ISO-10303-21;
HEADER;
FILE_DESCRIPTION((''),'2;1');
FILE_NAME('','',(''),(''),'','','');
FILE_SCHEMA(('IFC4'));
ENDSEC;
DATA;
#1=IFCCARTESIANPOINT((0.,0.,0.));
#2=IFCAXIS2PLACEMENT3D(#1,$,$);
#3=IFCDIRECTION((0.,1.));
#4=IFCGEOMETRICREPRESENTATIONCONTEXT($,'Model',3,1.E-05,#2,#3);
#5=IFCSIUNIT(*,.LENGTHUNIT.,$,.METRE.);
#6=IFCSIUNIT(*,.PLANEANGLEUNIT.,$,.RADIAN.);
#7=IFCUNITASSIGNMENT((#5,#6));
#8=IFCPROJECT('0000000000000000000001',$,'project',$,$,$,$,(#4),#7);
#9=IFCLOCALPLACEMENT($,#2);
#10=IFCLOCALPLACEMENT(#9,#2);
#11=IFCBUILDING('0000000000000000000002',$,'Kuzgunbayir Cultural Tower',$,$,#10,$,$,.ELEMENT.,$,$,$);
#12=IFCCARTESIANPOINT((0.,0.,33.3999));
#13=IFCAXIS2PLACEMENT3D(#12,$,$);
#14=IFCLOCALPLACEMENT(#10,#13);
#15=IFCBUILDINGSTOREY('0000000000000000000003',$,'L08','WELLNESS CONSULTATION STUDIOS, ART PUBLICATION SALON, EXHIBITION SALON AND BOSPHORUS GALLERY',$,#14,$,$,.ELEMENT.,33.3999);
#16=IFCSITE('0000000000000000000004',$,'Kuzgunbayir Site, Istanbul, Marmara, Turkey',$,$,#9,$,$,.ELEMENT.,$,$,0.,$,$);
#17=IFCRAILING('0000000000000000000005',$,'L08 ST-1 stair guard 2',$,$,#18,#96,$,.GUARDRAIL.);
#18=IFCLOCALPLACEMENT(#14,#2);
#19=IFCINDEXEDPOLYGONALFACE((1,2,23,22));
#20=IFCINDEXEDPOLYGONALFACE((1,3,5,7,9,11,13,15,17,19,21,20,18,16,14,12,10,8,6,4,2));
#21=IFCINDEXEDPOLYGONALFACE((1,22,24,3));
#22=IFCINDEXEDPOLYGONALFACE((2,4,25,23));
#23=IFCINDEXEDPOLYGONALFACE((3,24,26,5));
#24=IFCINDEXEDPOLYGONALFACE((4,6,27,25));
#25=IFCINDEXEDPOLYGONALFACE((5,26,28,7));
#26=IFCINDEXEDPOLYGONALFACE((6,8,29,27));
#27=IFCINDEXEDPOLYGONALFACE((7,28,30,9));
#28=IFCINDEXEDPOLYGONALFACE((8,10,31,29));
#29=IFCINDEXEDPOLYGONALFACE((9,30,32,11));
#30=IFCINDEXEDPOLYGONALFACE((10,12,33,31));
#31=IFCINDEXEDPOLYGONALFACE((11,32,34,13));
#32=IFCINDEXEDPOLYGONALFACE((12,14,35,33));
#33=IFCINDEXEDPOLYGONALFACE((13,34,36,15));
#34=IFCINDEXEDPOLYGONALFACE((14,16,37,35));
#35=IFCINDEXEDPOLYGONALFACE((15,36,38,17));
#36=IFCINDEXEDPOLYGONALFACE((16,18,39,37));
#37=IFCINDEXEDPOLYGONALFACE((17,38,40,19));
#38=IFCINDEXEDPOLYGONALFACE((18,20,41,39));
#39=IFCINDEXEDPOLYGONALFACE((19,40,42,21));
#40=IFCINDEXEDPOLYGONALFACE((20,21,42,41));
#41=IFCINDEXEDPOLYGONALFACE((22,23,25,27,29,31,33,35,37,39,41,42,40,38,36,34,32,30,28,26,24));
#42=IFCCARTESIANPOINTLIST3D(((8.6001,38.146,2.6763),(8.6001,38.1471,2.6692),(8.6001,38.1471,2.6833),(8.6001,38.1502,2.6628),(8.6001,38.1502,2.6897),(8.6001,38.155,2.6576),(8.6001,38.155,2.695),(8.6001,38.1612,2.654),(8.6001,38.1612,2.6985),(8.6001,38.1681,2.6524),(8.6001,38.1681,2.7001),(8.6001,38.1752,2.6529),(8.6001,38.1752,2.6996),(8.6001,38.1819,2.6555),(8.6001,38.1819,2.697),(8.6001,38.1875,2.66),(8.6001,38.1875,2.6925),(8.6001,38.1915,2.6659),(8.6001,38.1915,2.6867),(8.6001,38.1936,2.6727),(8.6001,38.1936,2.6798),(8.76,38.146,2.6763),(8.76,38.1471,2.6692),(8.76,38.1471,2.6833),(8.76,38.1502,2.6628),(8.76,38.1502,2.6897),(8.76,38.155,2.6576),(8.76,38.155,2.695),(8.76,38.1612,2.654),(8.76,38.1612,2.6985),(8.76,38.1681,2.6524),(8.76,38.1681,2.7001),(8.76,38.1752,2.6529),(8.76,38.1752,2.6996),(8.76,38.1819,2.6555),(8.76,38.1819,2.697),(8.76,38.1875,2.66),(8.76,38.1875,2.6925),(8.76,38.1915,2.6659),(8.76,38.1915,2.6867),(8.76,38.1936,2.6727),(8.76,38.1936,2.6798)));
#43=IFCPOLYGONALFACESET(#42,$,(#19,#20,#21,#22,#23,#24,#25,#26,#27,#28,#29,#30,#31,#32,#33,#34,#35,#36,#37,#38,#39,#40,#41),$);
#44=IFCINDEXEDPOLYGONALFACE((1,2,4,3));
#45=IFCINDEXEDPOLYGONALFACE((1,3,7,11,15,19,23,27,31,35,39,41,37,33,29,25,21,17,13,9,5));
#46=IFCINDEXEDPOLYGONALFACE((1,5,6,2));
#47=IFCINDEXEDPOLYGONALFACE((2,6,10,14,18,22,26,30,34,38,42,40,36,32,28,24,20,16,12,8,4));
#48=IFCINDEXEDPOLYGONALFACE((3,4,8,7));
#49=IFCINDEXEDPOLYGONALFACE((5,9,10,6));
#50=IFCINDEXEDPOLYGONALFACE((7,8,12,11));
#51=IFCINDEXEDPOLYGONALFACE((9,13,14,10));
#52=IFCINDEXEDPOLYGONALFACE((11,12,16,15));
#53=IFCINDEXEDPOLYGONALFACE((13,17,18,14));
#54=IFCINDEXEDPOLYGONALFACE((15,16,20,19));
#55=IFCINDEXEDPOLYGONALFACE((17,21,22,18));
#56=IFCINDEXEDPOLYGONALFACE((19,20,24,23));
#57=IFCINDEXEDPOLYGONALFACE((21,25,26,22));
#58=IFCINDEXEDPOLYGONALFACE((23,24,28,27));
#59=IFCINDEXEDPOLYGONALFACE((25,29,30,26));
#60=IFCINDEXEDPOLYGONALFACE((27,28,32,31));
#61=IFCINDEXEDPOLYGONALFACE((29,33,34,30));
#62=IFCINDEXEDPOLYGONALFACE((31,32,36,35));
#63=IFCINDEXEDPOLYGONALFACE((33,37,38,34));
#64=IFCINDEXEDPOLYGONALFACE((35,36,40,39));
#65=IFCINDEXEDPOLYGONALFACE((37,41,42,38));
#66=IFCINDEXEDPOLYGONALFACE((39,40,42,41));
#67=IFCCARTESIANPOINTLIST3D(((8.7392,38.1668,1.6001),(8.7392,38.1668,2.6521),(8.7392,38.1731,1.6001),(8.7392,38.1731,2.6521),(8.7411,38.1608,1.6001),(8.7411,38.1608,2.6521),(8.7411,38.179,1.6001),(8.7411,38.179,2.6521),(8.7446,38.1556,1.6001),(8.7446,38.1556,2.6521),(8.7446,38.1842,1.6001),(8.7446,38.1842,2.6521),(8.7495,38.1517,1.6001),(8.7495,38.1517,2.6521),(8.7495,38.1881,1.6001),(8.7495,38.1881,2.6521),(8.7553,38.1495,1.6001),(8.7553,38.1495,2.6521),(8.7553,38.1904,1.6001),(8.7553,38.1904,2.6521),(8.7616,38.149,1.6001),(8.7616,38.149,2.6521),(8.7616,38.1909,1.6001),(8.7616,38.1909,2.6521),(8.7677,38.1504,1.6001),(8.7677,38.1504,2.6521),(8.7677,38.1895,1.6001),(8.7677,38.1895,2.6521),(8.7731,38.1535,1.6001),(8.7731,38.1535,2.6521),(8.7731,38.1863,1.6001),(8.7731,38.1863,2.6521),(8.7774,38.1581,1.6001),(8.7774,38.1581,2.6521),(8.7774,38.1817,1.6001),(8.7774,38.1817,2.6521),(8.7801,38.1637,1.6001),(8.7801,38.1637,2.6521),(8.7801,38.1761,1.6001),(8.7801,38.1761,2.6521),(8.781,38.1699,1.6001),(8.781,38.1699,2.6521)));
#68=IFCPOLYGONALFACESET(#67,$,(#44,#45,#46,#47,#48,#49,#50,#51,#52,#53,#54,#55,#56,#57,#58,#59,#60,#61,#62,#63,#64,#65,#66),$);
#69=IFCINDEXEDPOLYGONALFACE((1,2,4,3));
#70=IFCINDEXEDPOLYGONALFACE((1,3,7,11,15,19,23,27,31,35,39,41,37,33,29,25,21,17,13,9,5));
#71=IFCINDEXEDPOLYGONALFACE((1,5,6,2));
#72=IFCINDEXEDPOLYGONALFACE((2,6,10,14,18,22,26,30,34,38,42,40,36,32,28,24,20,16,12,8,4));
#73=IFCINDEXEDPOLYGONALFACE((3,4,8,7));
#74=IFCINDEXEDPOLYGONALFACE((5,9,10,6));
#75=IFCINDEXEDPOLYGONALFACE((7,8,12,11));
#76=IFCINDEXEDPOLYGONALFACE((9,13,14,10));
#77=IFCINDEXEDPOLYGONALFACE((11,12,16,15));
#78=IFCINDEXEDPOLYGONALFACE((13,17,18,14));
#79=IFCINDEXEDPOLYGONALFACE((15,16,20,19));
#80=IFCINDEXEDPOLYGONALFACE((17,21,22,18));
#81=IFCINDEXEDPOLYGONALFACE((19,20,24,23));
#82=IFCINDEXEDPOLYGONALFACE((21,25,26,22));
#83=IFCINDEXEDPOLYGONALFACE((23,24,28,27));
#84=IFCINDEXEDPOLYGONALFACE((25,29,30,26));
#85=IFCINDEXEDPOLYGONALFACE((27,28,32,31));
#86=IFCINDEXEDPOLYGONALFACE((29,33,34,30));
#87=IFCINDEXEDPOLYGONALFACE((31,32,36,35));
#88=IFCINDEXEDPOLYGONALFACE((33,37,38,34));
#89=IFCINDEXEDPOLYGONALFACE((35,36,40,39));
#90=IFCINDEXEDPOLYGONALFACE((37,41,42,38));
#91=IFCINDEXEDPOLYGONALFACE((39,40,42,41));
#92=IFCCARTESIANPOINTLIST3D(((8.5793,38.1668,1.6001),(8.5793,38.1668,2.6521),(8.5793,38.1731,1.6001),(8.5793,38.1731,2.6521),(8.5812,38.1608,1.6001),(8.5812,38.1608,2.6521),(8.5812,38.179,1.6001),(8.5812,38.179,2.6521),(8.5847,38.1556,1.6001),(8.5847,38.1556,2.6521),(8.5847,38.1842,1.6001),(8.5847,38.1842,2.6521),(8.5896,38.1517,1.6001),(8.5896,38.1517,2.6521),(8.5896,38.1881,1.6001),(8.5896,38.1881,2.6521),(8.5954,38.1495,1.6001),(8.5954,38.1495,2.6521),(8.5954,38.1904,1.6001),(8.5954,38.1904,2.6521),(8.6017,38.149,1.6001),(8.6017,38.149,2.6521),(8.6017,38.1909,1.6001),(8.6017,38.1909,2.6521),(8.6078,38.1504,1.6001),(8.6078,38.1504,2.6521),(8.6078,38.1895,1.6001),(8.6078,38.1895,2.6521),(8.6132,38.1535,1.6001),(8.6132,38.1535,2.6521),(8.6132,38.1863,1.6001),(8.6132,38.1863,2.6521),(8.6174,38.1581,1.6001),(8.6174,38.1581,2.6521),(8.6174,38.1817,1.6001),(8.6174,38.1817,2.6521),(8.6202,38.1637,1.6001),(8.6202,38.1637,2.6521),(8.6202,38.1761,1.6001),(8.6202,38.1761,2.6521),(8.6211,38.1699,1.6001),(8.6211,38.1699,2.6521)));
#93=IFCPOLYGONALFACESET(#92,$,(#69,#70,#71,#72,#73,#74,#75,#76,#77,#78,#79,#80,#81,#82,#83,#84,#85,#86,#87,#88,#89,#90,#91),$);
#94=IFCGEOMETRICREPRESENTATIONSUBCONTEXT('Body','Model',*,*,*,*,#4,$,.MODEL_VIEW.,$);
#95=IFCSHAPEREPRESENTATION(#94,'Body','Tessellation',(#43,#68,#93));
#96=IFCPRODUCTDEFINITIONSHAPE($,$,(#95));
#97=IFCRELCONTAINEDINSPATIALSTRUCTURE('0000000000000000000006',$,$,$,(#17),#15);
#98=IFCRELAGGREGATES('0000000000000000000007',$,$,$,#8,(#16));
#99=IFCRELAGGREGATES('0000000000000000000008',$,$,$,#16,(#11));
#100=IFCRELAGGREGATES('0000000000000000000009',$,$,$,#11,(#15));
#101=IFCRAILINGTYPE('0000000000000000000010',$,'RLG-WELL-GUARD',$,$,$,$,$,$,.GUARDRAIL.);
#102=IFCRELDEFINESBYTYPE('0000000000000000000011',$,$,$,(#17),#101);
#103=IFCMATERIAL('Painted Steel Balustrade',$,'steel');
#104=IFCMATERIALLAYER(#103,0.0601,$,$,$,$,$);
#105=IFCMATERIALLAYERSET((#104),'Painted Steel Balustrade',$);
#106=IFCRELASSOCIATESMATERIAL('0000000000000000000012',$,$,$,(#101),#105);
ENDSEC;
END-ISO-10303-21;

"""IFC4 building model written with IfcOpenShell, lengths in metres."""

from ifc_helpers import new_model, si_unit, direction, frame, origin, origin_2d, place, context, subcontext, project, spatial, circle, extrude, material, layer, layer_set, type_object, element, save


model = new_model("IFC4")

# Units and contexts
model_context = context("Model", 3, precision=1e-05, world=origin(), true_north=direction((0.0, 1.0)))
body_context = subcontext(model_context, "Body", "Model", "MODEL_VIEW")
ifc_project = project(units=[si_unit("LENGTHUNIT", "METRE"), si_unit("PLANEANGLEUNIT", "RADIAN")], contexts=[model_context])

# Site, building, storey
site_placement = place(None, origin())
site = spatial("IfcSite", under=ifc_project, at=site_placement, Name="Kuzgunbayir Site, Istanbul, Marmara, Turkey", CompositionType="ELEMENT", RefElevation=0.0)
building_placement = place(site_placement, origin())
building = spatial("IfcBuilding", under=site, at=building_placement, Name="Kuzgunbayir Cultural Tower", CompositionType="ELEMENT")
storey_placement = place(building_placement, frame((0.0, 0.0, 33.3999)))
storey = spatial("IfcBuildingStorey", under=building, at=storey_placement, Name="L08", Description="WELLNESS CONSULTATION STUDIOS, ART PUBLICATION SALON, EXHIBITION SALON AND BOSPHORUS GALLERY", CompositionType="ELEMENT", Elevation=33.3999)

# Railing
ifc_material_1 = material(Name="Painted Steel Balustrade", Category="steel")
ifc_layer_1 = layer(ifc_material_1, 0.0601)
ifc_layer_set_1 = layer_set([ifc_layer_1], Name="Painted Steel Balustrade")
railing_type_1 = type_object("IfcRailingType", Name="RLG-WELL-GUARD", PredefinedType="GUARDRAIL", material=ifc_layer_set_1)
railing_1_placement = place(storey_placement, frame((8.76, 38.1699, 1.6001)))
element("IfcRailing", 1, at=railing_1_placement, inside=storey, type_object=railing_type_1, Name="L08 ST-1 stair guard 2", PredefinedType="GUARDRAIL", context=body_context, shape_type="SweptSolid", body=[
    extrude(circle(Radius=0.0239, at=origin_2d()), frame((0.0, 0.0, 1.0762), z_axis=(-1.0, 0.0, 0.0), x_axis=(0.0, -1.0, 0.0)), (0.0, 0.0, 1.0), 0.1599),
    extrude(circle(Radius=0.021, at=origin_2d()), origin(), (0.0, 0.0, 1.0), 1.052),
    extrude(circle(Radius=0.021, at=origin_2d()), frame((-0.1599, 0.0, 0.0)), (0.0, 0.0, 1.0), 1.052),
])

save(model, "model.ifc")
